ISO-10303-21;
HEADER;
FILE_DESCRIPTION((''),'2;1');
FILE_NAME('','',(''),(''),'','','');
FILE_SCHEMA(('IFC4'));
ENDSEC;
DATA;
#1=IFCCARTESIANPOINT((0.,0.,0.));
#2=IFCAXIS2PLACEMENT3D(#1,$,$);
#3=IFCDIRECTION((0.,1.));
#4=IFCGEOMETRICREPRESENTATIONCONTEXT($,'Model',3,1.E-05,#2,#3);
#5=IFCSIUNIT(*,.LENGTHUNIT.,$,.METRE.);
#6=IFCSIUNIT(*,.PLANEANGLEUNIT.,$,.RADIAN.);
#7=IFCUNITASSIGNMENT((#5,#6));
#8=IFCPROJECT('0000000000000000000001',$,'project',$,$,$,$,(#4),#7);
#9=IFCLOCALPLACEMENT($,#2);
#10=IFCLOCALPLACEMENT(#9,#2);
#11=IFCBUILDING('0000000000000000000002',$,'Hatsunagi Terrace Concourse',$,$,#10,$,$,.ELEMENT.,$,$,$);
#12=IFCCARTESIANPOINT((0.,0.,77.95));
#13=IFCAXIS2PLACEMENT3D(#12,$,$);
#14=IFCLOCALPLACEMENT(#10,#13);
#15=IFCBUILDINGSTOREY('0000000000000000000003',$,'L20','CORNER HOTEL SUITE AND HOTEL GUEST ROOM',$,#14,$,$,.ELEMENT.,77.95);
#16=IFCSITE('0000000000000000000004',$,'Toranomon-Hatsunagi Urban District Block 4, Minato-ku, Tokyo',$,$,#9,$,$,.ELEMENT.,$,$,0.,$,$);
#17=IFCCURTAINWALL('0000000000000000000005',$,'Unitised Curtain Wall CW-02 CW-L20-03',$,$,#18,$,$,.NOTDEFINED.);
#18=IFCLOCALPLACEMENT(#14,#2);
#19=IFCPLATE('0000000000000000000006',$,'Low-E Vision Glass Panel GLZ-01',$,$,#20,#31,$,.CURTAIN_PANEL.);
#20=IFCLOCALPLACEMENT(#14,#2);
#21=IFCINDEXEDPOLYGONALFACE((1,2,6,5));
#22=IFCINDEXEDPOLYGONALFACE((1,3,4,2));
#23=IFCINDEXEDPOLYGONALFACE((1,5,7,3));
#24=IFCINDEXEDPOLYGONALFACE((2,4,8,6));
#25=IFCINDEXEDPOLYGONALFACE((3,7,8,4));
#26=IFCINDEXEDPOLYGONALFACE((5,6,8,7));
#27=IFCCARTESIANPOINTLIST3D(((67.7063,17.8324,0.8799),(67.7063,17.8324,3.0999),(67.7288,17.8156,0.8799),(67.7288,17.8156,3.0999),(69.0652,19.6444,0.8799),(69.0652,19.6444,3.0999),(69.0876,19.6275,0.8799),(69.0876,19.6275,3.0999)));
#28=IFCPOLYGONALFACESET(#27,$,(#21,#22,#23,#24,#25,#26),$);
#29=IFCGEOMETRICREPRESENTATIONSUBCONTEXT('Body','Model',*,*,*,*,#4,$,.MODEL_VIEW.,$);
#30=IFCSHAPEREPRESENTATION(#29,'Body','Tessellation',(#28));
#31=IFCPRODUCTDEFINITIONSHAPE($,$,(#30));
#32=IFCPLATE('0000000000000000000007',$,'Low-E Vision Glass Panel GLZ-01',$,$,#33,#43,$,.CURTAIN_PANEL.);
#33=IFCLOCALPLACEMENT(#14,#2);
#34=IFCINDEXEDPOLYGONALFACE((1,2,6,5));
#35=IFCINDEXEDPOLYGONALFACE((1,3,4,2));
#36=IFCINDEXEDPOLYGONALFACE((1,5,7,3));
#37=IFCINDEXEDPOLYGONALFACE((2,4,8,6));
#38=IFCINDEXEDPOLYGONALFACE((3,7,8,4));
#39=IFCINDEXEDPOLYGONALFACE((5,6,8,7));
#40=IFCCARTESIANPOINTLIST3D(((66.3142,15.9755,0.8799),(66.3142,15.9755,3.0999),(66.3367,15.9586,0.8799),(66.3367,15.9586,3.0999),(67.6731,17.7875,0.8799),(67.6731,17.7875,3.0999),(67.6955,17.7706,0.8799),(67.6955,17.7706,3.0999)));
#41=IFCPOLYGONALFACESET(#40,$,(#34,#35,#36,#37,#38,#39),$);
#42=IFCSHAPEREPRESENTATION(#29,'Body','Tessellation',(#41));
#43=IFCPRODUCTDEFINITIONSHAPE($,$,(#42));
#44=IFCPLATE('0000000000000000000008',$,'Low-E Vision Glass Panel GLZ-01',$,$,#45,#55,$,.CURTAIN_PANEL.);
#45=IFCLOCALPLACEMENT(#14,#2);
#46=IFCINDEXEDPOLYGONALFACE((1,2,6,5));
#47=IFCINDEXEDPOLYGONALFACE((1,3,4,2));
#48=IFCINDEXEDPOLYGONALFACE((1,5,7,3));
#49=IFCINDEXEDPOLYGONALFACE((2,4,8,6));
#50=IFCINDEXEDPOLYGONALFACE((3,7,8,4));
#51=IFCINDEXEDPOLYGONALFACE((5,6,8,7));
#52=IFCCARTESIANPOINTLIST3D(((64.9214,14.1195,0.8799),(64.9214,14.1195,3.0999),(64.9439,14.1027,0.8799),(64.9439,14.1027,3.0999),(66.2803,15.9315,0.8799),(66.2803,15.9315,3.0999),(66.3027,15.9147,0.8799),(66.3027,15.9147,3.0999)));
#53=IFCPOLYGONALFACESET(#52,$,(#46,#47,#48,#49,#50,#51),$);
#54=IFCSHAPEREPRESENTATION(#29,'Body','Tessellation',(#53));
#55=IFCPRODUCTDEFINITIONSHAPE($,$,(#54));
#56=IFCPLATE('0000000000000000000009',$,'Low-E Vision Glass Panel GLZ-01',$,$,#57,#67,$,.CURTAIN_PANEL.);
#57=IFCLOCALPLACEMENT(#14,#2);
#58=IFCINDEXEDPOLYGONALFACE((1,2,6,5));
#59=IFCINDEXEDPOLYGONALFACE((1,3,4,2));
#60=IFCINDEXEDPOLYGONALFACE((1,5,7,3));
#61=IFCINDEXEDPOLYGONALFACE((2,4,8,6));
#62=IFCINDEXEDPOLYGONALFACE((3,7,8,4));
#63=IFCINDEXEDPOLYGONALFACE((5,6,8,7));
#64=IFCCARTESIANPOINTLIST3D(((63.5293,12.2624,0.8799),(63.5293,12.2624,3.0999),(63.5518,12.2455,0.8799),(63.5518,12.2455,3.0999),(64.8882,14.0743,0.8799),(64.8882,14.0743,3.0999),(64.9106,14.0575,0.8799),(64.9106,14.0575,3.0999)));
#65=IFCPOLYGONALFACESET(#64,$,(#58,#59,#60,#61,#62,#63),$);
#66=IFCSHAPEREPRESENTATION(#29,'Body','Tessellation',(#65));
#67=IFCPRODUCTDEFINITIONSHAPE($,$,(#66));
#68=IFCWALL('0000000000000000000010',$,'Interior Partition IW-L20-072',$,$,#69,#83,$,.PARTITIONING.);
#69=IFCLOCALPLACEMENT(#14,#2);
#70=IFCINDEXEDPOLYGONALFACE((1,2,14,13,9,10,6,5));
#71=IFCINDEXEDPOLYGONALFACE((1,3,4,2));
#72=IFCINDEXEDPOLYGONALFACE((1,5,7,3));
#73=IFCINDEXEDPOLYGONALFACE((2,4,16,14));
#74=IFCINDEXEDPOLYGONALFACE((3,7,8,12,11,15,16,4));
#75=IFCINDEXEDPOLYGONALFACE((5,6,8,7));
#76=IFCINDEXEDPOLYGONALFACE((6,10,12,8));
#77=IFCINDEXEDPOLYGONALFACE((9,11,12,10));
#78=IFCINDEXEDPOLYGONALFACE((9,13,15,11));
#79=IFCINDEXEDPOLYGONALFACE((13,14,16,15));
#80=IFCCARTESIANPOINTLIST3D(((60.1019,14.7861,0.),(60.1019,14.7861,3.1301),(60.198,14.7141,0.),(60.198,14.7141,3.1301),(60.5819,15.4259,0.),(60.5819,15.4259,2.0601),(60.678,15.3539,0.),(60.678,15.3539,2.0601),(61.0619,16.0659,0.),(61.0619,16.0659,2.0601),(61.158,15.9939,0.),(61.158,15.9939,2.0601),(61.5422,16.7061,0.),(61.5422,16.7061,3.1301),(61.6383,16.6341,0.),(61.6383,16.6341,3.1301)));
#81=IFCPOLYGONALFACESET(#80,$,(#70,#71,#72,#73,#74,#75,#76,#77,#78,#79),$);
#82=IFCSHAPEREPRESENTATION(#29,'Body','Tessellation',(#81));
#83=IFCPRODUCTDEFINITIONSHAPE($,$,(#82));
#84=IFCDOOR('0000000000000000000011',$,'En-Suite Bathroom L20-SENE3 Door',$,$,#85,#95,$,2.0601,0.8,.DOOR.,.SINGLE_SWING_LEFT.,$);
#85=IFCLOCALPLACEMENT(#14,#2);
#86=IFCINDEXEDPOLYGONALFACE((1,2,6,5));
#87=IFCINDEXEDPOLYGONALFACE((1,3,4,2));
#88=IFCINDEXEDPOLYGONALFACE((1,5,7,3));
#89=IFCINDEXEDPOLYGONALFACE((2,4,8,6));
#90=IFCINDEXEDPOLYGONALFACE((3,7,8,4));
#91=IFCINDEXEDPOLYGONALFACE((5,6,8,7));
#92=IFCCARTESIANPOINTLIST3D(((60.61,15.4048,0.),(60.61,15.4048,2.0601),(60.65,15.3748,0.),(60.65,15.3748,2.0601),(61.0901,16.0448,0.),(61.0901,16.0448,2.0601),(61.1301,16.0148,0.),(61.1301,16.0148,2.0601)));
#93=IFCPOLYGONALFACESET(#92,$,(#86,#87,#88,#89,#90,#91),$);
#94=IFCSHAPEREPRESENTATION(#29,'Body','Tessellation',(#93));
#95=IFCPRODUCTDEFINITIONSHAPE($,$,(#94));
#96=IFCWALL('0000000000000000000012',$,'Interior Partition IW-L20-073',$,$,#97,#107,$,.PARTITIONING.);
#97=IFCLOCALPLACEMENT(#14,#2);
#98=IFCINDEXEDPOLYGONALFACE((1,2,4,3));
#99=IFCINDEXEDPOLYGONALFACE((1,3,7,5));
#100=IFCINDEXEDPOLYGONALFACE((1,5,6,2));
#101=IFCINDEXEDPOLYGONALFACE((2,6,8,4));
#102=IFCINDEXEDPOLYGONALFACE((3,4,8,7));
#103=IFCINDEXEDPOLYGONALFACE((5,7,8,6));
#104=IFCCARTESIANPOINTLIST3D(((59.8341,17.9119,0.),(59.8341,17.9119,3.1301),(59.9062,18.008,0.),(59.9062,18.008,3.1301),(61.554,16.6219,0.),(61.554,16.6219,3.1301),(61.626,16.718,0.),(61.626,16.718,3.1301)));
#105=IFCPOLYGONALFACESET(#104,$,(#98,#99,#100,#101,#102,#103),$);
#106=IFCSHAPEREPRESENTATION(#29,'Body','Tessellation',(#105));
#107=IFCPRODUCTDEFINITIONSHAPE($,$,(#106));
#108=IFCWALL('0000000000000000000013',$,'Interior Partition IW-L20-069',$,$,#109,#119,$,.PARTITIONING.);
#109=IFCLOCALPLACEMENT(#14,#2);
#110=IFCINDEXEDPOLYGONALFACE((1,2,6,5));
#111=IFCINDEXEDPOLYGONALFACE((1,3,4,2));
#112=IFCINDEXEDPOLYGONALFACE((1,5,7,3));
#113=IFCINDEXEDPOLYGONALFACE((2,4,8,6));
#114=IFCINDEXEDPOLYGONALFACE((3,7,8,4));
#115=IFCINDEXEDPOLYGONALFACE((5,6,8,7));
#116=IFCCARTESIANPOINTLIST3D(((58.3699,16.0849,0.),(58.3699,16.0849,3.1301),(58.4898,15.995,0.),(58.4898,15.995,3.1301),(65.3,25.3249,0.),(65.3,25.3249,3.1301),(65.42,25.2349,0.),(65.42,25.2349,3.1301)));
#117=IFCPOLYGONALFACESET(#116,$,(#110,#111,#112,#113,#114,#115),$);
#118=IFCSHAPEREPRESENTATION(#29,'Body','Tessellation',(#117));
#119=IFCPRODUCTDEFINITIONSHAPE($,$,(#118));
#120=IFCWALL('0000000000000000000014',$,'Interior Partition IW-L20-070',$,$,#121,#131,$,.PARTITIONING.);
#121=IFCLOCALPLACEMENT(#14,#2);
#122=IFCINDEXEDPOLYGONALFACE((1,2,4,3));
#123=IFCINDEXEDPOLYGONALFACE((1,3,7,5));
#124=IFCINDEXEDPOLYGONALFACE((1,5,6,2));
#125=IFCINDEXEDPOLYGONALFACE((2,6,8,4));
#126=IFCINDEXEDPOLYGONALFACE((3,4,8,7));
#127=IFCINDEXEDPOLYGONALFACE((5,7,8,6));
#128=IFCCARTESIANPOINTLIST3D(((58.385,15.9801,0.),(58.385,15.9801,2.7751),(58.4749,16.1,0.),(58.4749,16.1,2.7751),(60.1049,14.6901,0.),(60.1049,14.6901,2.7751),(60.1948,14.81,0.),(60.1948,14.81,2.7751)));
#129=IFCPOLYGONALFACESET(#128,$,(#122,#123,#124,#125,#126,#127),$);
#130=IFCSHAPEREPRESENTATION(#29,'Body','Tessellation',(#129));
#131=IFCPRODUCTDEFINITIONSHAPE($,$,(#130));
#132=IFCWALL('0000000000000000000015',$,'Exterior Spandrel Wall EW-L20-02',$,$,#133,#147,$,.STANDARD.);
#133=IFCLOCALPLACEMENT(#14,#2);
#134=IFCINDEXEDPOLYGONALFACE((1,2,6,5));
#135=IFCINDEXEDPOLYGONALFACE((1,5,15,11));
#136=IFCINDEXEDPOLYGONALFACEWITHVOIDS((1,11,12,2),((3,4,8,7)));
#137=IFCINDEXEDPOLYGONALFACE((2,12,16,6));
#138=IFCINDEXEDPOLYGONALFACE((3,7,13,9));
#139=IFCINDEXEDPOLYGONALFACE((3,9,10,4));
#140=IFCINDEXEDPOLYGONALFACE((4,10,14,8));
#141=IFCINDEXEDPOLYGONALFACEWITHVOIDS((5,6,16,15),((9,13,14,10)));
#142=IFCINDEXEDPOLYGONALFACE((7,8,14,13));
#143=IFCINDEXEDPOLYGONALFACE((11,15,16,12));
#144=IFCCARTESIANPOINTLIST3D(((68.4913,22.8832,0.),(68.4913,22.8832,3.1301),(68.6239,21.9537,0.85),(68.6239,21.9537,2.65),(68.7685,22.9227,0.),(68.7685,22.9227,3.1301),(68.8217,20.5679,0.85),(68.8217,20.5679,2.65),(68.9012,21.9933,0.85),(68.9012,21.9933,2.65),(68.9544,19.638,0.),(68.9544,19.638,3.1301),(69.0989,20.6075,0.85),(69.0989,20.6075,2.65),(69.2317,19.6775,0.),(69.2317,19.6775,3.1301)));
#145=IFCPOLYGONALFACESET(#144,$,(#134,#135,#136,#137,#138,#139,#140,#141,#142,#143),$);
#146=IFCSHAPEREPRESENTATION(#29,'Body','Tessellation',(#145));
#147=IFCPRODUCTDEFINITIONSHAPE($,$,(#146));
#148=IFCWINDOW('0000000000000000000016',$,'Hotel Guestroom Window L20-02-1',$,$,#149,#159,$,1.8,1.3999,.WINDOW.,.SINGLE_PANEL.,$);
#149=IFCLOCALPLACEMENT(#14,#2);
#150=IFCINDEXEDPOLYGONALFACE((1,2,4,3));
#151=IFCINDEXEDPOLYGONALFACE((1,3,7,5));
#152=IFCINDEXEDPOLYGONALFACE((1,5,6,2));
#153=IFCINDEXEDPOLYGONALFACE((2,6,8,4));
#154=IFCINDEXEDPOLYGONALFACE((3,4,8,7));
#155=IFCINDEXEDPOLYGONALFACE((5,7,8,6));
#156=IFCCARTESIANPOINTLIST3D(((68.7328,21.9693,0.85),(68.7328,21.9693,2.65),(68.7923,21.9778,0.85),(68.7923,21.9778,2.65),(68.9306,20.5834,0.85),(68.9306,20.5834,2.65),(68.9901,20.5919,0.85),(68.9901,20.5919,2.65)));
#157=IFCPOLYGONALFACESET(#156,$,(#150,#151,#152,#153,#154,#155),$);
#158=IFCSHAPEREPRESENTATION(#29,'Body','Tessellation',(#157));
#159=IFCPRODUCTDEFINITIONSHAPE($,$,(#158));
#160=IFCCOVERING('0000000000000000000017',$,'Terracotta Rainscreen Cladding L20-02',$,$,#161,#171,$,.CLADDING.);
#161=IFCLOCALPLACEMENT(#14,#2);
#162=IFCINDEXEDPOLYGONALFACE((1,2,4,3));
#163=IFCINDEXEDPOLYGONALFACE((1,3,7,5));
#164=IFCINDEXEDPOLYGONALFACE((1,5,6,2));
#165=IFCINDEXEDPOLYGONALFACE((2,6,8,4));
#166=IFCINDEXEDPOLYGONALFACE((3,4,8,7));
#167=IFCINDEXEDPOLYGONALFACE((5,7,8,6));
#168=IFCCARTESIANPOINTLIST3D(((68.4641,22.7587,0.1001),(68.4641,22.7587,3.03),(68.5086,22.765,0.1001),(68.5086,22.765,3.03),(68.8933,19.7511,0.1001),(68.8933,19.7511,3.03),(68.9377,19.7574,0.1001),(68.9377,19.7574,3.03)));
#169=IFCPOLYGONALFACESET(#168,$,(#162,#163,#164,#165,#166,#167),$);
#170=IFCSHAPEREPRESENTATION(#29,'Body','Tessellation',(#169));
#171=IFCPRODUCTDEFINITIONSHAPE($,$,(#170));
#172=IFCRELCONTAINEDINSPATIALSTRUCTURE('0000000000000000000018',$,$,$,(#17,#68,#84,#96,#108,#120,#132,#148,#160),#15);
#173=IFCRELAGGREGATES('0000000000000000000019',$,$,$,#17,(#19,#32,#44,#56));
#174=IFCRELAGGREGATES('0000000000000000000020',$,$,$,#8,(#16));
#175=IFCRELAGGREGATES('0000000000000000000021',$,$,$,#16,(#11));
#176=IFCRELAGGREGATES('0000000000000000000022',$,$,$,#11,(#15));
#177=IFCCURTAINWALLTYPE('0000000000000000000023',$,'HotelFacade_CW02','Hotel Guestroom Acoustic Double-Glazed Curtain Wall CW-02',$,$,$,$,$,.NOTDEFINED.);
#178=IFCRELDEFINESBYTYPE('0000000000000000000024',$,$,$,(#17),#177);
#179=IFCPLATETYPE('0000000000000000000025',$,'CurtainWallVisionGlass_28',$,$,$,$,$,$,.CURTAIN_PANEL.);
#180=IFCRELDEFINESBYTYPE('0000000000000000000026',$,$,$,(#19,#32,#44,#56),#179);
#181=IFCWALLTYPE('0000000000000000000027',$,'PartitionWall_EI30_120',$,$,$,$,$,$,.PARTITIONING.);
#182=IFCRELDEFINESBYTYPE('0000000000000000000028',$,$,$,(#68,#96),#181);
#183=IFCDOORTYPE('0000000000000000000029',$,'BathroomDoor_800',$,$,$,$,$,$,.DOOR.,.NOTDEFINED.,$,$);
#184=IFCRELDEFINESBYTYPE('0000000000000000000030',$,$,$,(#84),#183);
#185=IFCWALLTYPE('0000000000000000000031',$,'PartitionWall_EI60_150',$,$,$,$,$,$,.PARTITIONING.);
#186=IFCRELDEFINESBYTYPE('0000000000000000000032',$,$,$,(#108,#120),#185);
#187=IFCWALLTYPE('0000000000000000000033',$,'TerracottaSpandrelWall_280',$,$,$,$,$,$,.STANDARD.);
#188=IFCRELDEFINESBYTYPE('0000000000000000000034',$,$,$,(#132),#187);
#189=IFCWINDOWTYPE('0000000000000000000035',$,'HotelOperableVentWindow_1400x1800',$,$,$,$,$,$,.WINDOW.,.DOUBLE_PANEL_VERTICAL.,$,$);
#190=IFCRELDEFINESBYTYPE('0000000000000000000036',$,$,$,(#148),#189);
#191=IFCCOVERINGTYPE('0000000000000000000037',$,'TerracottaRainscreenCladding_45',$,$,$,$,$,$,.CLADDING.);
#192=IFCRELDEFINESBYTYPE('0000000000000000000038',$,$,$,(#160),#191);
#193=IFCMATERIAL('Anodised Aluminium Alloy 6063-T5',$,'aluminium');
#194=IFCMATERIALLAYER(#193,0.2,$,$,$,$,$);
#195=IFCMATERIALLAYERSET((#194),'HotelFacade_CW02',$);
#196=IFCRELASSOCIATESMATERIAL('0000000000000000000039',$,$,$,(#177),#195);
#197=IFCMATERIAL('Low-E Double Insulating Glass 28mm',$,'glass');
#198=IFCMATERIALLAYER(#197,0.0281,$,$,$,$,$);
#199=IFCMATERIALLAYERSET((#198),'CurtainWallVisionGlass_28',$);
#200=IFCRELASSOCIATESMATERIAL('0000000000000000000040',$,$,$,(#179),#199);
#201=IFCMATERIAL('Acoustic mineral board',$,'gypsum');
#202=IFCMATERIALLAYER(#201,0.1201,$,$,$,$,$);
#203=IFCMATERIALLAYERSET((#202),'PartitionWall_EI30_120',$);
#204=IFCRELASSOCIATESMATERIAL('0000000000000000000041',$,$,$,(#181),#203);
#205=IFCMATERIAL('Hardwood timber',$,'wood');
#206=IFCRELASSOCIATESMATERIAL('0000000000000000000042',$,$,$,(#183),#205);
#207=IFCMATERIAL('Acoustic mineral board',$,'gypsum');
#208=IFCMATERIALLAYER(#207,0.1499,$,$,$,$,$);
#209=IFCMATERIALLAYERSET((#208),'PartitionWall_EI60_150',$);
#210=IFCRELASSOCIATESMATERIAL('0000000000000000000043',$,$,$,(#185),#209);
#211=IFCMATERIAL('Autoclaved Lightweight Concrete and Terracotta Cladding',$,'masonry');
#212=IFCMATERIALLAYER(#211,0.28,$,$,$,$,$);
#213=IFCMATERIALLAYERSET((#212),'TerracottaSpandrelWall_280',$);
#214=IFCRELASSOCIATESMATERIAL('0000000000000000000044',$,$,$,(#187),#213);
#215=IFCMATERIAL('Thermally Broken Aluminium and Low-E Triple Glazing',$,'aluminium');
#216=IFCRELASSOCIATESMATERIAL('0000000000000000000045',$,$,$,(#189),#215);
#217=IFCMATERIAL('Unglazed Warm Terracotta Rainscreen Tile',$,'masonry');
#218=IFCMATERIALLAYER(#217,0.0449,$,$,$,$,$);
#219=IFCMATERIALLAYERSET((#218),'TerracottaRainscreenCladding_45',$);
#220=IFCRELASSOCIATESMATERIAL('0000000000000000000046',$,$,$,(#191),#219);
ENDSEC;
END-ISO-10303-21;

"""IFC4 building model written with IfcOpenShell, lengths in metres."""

from ifc_helpers import new_model, si_unit, direction, frame, frame_2d, origin, origin_2d, place, context, subcontext, project, spatial, rectangle, extrude, material, layer, layer_set, type_object, element, fill, aggregate, save


model = new_model("IFC4")

# Units and contexts
model_context = context("Model", 3, precision=1e-05, world=origin(), true_north=direction((0.0, 1.0)))
body_context = subcontext(model_context, "Body", "Model", "MODEL_VIEW")
ifc_project = project(units=[si_unit("LENGTHUNIT", "METRE"), si_unit("PLANEANGLEUNIT", "RADIAN")], contexts=[model_context])

# Site, building, storey
site_placement = place(None, origin())
site = spatial("IfcSite", under=ifc_project, at=site_placement, Name="Toranomon-Hatsunagi Urban District Block 4, Minato-ku, Tokyo", CompositionType="ELEMENT", RefElevation=0.0)
building_placement = place(site_placement, origin())
building = spatial("IfcBuilding", under=site, at=building_placement, Name="Hatsunagi Terrace Concourse", CompositionType="ELEMENT")
storey_placement = place(building_placement, frame((0.0, 0.0, 77.95)))
storey = spatial("IfcBuildingStorey", under=building, at=storey_placement, Name="L20", Description="CORNER HOTEL SUITE AND HOTEL GUEST ROOM", CompositionType="ELEMENT", Elevation=77.95)

# Curtain wall, plates
ifc_material_1 = material(Name="Anodised Aluminium Alloy 6063-T5", Category="aluminium")
ifc_layer_1 = layer(ifc_material_1, 0.2)
ifc_layer_set_1 = layer_set([ifc_layer_1], Name="HotelFacade_CW02")
curtain_wall_type = type_object("IfcCurtainWallType", Name="HotelFacade_CW02", Description="Hotel Guestroom Acoustic Double-Glazed Curtain Wall CW-02", PredefinedType="NOTDEFINED", material=ifc_layer_set_1)
curtain_wall_placement = place(storey_placement, origin())
curtain_wall = element("IfcCurtainWall", 1, at=curtain_wall_placement, inside=storey, type_object=curtain_wall_type, Name="Unitised Curtain Wall CW-02 CW-L20-03", PredefinedType="NOTDEFINED")
ifc_material_2 = material(Name="Low-E Double Insulating Glass 28mm", Category="glass")
ifc_layer_2 = layer(ifc_material_2, 0.0281)
ifc_layer_set_2 = layer_set([ifc_layer_2], Name="CurtainWallVisionGlass_28")
plate_type_1 = type_object("IfcPlateType", Name="CurtainWallVisionGlass_28", PredefinedType="CURTAIN_PANEL", material=ifc_layer_set_2)
plate_1_placement = place(storey_placement, frame((68.397, 18.73, 0.8799), z_axis=(0.0, 0.0, 1.0), x_axis=(-0.599969, -0.800023, 0.0)))
plate_1 = element("IfcPlate", 2, at=plate_1_placement, type_object=plate_type_1, Name="Low-E Vision Glass Panel GLZ-01", PredefinedType="CURTAIN_PANEL", context=body_context, shape_type="SweptSolid", body=[
    extrude(rectangle(XDim=2.2649, YDim=0.0281, at=origin_2d()), origin(), (0.0, 0.0, 1.0), 2.22),
])
plate_2_placement = place(storey_placement, frame((67.0049, 16.873, 0.8799), z_axis=(0.0, 0.0, 1.0), x_axis=(-0.599969, -0.800023, 0.0)))
plate_2 = element("IfcPlate", 3, at=plate_2_placement, type_object=plate_type_1, Name="Low-E Vision Glass Panel GLZ-01", PredefinedType="CURTAIN_PANEL", context=body_context, shape_type="SweptSolid", body=[
    extrude(rectangle(XDim=2.2649, YDim=0.0281, at=origin_2d()), origin(), (0.0, 0.0, 1.0), 2.22),
])
plate_3_placement = place(storey_placement, frame((65.6121, 15.0171, 0.8799), z_axis=(0.0, 0.0, 1.0), x_axis=(-0.599969, -0.800023, 0.0)))
plate_3 = element("IfcPlate", 4, at=plate_3_placement, type_object=plate_type_1, Name="Low-E Vision Glass Panel GLZ-01", PredefinedType="CURTAIN_PANEL", context=body_context, shape_type="SweptSolid", body=[
    extrude(rectangle(XDim=2.2649, YDim=0.0281, at=origin_2d()), origin(), (0.0, 0.0, 1.0), 2.22),
])
plate_4_placement = place(storey_placement, frame((64.22, 13.1599, 0.8799), z_axis=(0.0, 0.0, 1.0), x_axis=(-0.599969, -0.800023, 0.0)))
plate_4 = element("IfcPlate", 5, at=plate_4_placement, type_object=plate_type_1, Name="Low-E Vision Glass Panel GLZ-01", PredefinedType="CURTAIN_PANEL", context=body_context, shape_type="SweptSolid", body=[
    extrude(rectangle(XDim=2.2649, YDim=0.0281, at=origin_2d()), origin(), (0.0, 0.0, 1.0), 2.22),
])
aggregate(curtain_wall, [plate_1, plate_2, plate_3, plate_4])

# Wall, opening, door
ifc_material_3 = material(Name="Acoustic mineral board", Category="gypsum")
ifc_layer_3 = layer(ifc_material_3, 0.1201)
ifc_layer_set_3 = layer_set([ifc_layer_3], Name="PartitionWall_EI30_120")
wall_type_1 = type_object("IfcWallType", Name="PartitionWall_EI30_120", PredefinedType="PARTITIONING", material=ifc_layer_set_3)
wall_1_placement = place(storey_placement, frame((60.1499, 14.75, 0.0), z_axis=(0.0, 0.0, 1.0), x_axis=(0.600065, 0.799951, 0.0)))
wall_1 = element("IfcWall", 6, at=wall_1_placement, inside=storey, type_object=wall_type_1, Name="Interior Partition IW-L20-072", PredefinedType="PARTITIONING", context=body_context, shape_type="SweptSolid", body=[
    extrude(rectangle(XDim=2.4001, YDim=0.1201, at=frame_2d((1.2002, 0.0))), origin(), (0.0, 0.0, 1.0), 3.1301),
])
opening_1_placement = place(wall_1_placement, frame((0.8, 0.0, 0.0)))
opening_1 = element("IfcOpeningElement", 7, at=opening_1_placement, cuts=wall_1, PredefinedType="OPENING", context=body_context, shape_type="SweptSolid", body=[
    extrude(rectangle(XDim=0.8, YDim=2.0601, at=frame_2d((0.3999, 1.03))), frame((0.0, 0.0701, 0.0), z_axis=(0.0, -1.0, 0.0), x_axis=(1.0, 0.0, 0.0)), (0.0, 0.0, 1.0), 0.1401),
])
ifc_material_4 = material(Name="Hardwood timber", Category="wood")
door_type_1 = type_object("IfcDoorType", Name="BathroomDoor_800", OperationType="NOTDEFINED", PredefinedType="DOOR", material=ifc_material_4)
door_1_placement = place(opening_1_placement, origin())
door_1 = element("IfcDoor", 8, at=door_1_placement, inside=storey, type_object=door_type_1, Name="En-Suite Bathroom L20-SENE3 Door", OperationType="SINGLE_SWING_LEFT", OverallHeight=2.0601, OverallWidth=0.8, PredefinedType="DOOR", context=body_context, shape_type="SweptSolid", body=[
    extrude(rectangle(XDim=0.8, YDim=2.0601, at=frame_2d((0.3999, 1.03))), frame((0.0, 0.0249, 0.0), z_axis=(0.0, -1.0, 0.0), x_axis=(1.0, 0.0, 0.0)), (0.0, 0.0, 1.0), 0.05),
])
fill(opening_1, door_1)

# Walls
wall_2_placement = place(storey_placement, frame((59.8701, 17.96, 0.0), z_axis=(0.0, 0.0, 1.0), x_axis=(0.799986, -0.600018, 0.0)))
element("IfcWall", 9, at=wall_2_placement, inside=storey, type_object=wall_type_1, Name="Interior Partition IW-L20-073", PredefinedType="PARTITIONING", context=body_context, shape_type="SweptSolid", body=[
    extrude(rectangle(XDim=2.1499, YDim=0.1201, at=frame_2d((1.075, 0.0))), origin(), (0.0, 0.0, 1.0), 3.1301),
])
ifc_material_5 = material(Name="Acoustic mineral board", Category="gypsum")
ifc_layer_4 = layer(ifc_material_5, 0.1499)
ifc_layer_set_4 = layer_set([ifc_layer_4], Name="PartitionWall_EI60_150")
wall_type_2 = type_object("IfcWallType", Name="PartitionWall_EI60_150", PredefinedType="PARTITIONING", material=ifc_layer_set_4)
wall_3_placement = place(storey_placement, frame((58.4299, 16.04, 0.0), z_axis=(0.0, 0.0, 1.0), x_axis=(0.60001, 0.799992, 0.0)))
element("IfcWall", 10, at=wall_3_placement, inside=storey, type_object=wall_type_2, Name="Interior Partition IW-L20-069", PredefinedType="PARTITIONING", context=body_context, shape_type="SweptSolid", body=[
    extrude(rectangle(XDim=11.55, YDim=0.1499, at=frame_2d((5.7749, 0.0))), origin(), (0.0, 0.0, 1.0), 3.1301),
])
wall_4_placement = place(storey_placement, frame((58.4299, 16.04, 0.0), z_axis=(0.0, 0.0, 1.0), x_axis=(0.799986, -0.600018, 0.0)))
element("IfcWall", 11, at=wall_4_placement, inside=storey, type_object=wall_type_2, Name="Interior Partition IW-L20-070", PredefinedType="PARTITIONING", context=body_context, shape_type="SweptSolid", body=[
    extrude(rectangle(XDim=2.1499, YDim=0.1499, at=frame_2d((1.075, 0.0))), origin(), (0.0, 0.0, 1.0), 2.7751),
])

# Wall, opening, window
ifc_material_6 = material(Name="Autoclaved Lightweight Concrete and Terracotta Cladding", Category="masonry")
ifc_layer_5 = layer(ifc_material_6, 0.28)
ifc_layer_set_5 = layer_set([ifc_layer_5], Name="TerracottaSpandrelWall_280")
wall_type_3 = type_object("IfcWallType", Name="TerracottaSpandrelWall_280", PredefinedType="STANDARD", material=ifc_layer_set_5)
wall_5_placement = place(storey_placement, frame((68.6299, 22.9031, 0.0), z_axis=(0.0, 0.0, 1.0), x_axis=(0.141286, -0.989969, 0.0)))
wall_5 = element("IfcWall", 12, at=wall_5_placement, inside=storey, type_object=wall_type_3, Name="Exterior Spandrel Wall EW-L20-02", PredefinedType="STANDARD", context=body_context, shape_type="SweptSolid", body=[
    extrude(rectangle(XDim=3.2781, YDim=0.28, at=frame_2d((1.6392, 0.0))), origin(), (0.0, 0.0, 1.0), 3.1301),
])
opening_2_placement = place(wall_5_placement, frame((0.939, 0.0, 0.8501)))
opening_2 = element("IfcOpeningElement", 13, at=opening_2_placement, cuts=wall_5, PredefinedType="OPENING", context=body_context, shape_type="SweptSolid", body=[
    extrude(rectangle(XDim=1.3999, YDim=1.8, at=frame_2d((0.7, 0.8999))), frame((0.0, 0.1499, 0.0), z_axis=(0.0, -1.0, 0.0), x_axis=(1.0, 0.0, 0.0)), (0.0, 0.0, 1.0), 0.3),
])
ifc_material_7 = material(Name="Thermally Broken Aluminium and Low-E Triple Glazing", Category="aluminium")
window_type = type_object("IfcWindowType", Name="HotelOperableVentWindow_1400x1800", PartitioningType="DOUBLE_PANEL_VERTICAL", PredefinedType="WINDOW", material=ifc_material_7)
window_placement = place(opening_2_placement, origin())
window = element("IfcWindow", 14, at=window_placement, inside=storey, type_object=window_type, Name="Hotel Guestroom Window L20-02-1", OverallHeight=1.8, OverallWidth=1.3999, PartitioningType="SINGLE_PANEL", PredefinedType="WINDOW", context=body_context, shape_type="SweptSolid", body=[
    extrude(rectangle(XDim=1.3999, YDim=1.8, at=frame_2d((0.7, 0.8999))), frame((0.0, 0.03, 0.0), z_axis=(0.0, -1.0, 0.0), x_axis=(1.0, 0.0, 0.0)), (0.0, 0.0, 1.0), 0.0601),
])
fill(opening_2, window)

# Covering
ifc_material_8 = material(Name="Unglazed Warm Terracotta Rainscreen Tile", Category="masonry")
ifc_layer_6 = layer(ifc_material_8, 0.0449)
ifc_layer_set_6 = layer_set([ifc_layer_6], Name="TerracottaRainscreenCladding_45")
covering_type = type_object("IfcCoveringType", Name="TerracottaRainscreenCladding_45", PredefinedType="CLADDING", material=ifc_layer_set_6)
covering_placement = place(storey_placement, frame((68.7009, 21.2581, 0.1001), z_axis=(0.0, 0.0, 1.0), x_axis=(0.14125, -0.989974, 0.0)))
element("IfcCovering", 15, at=covering_placement, inside=storey, type_object=covering_type, Name="Terracotta Rainscreen Cladding L20-02", PredefinedType="CLADDING", context=body_context, shape_type="SweptSolid", body=[
    extrude(rectangle(XDim=3.0381, YDim=0.0449, at=origin_2d()), origin(), (0.0, 0.0, 1.0), 2.9299),
])

save(model, "model.ifc")
